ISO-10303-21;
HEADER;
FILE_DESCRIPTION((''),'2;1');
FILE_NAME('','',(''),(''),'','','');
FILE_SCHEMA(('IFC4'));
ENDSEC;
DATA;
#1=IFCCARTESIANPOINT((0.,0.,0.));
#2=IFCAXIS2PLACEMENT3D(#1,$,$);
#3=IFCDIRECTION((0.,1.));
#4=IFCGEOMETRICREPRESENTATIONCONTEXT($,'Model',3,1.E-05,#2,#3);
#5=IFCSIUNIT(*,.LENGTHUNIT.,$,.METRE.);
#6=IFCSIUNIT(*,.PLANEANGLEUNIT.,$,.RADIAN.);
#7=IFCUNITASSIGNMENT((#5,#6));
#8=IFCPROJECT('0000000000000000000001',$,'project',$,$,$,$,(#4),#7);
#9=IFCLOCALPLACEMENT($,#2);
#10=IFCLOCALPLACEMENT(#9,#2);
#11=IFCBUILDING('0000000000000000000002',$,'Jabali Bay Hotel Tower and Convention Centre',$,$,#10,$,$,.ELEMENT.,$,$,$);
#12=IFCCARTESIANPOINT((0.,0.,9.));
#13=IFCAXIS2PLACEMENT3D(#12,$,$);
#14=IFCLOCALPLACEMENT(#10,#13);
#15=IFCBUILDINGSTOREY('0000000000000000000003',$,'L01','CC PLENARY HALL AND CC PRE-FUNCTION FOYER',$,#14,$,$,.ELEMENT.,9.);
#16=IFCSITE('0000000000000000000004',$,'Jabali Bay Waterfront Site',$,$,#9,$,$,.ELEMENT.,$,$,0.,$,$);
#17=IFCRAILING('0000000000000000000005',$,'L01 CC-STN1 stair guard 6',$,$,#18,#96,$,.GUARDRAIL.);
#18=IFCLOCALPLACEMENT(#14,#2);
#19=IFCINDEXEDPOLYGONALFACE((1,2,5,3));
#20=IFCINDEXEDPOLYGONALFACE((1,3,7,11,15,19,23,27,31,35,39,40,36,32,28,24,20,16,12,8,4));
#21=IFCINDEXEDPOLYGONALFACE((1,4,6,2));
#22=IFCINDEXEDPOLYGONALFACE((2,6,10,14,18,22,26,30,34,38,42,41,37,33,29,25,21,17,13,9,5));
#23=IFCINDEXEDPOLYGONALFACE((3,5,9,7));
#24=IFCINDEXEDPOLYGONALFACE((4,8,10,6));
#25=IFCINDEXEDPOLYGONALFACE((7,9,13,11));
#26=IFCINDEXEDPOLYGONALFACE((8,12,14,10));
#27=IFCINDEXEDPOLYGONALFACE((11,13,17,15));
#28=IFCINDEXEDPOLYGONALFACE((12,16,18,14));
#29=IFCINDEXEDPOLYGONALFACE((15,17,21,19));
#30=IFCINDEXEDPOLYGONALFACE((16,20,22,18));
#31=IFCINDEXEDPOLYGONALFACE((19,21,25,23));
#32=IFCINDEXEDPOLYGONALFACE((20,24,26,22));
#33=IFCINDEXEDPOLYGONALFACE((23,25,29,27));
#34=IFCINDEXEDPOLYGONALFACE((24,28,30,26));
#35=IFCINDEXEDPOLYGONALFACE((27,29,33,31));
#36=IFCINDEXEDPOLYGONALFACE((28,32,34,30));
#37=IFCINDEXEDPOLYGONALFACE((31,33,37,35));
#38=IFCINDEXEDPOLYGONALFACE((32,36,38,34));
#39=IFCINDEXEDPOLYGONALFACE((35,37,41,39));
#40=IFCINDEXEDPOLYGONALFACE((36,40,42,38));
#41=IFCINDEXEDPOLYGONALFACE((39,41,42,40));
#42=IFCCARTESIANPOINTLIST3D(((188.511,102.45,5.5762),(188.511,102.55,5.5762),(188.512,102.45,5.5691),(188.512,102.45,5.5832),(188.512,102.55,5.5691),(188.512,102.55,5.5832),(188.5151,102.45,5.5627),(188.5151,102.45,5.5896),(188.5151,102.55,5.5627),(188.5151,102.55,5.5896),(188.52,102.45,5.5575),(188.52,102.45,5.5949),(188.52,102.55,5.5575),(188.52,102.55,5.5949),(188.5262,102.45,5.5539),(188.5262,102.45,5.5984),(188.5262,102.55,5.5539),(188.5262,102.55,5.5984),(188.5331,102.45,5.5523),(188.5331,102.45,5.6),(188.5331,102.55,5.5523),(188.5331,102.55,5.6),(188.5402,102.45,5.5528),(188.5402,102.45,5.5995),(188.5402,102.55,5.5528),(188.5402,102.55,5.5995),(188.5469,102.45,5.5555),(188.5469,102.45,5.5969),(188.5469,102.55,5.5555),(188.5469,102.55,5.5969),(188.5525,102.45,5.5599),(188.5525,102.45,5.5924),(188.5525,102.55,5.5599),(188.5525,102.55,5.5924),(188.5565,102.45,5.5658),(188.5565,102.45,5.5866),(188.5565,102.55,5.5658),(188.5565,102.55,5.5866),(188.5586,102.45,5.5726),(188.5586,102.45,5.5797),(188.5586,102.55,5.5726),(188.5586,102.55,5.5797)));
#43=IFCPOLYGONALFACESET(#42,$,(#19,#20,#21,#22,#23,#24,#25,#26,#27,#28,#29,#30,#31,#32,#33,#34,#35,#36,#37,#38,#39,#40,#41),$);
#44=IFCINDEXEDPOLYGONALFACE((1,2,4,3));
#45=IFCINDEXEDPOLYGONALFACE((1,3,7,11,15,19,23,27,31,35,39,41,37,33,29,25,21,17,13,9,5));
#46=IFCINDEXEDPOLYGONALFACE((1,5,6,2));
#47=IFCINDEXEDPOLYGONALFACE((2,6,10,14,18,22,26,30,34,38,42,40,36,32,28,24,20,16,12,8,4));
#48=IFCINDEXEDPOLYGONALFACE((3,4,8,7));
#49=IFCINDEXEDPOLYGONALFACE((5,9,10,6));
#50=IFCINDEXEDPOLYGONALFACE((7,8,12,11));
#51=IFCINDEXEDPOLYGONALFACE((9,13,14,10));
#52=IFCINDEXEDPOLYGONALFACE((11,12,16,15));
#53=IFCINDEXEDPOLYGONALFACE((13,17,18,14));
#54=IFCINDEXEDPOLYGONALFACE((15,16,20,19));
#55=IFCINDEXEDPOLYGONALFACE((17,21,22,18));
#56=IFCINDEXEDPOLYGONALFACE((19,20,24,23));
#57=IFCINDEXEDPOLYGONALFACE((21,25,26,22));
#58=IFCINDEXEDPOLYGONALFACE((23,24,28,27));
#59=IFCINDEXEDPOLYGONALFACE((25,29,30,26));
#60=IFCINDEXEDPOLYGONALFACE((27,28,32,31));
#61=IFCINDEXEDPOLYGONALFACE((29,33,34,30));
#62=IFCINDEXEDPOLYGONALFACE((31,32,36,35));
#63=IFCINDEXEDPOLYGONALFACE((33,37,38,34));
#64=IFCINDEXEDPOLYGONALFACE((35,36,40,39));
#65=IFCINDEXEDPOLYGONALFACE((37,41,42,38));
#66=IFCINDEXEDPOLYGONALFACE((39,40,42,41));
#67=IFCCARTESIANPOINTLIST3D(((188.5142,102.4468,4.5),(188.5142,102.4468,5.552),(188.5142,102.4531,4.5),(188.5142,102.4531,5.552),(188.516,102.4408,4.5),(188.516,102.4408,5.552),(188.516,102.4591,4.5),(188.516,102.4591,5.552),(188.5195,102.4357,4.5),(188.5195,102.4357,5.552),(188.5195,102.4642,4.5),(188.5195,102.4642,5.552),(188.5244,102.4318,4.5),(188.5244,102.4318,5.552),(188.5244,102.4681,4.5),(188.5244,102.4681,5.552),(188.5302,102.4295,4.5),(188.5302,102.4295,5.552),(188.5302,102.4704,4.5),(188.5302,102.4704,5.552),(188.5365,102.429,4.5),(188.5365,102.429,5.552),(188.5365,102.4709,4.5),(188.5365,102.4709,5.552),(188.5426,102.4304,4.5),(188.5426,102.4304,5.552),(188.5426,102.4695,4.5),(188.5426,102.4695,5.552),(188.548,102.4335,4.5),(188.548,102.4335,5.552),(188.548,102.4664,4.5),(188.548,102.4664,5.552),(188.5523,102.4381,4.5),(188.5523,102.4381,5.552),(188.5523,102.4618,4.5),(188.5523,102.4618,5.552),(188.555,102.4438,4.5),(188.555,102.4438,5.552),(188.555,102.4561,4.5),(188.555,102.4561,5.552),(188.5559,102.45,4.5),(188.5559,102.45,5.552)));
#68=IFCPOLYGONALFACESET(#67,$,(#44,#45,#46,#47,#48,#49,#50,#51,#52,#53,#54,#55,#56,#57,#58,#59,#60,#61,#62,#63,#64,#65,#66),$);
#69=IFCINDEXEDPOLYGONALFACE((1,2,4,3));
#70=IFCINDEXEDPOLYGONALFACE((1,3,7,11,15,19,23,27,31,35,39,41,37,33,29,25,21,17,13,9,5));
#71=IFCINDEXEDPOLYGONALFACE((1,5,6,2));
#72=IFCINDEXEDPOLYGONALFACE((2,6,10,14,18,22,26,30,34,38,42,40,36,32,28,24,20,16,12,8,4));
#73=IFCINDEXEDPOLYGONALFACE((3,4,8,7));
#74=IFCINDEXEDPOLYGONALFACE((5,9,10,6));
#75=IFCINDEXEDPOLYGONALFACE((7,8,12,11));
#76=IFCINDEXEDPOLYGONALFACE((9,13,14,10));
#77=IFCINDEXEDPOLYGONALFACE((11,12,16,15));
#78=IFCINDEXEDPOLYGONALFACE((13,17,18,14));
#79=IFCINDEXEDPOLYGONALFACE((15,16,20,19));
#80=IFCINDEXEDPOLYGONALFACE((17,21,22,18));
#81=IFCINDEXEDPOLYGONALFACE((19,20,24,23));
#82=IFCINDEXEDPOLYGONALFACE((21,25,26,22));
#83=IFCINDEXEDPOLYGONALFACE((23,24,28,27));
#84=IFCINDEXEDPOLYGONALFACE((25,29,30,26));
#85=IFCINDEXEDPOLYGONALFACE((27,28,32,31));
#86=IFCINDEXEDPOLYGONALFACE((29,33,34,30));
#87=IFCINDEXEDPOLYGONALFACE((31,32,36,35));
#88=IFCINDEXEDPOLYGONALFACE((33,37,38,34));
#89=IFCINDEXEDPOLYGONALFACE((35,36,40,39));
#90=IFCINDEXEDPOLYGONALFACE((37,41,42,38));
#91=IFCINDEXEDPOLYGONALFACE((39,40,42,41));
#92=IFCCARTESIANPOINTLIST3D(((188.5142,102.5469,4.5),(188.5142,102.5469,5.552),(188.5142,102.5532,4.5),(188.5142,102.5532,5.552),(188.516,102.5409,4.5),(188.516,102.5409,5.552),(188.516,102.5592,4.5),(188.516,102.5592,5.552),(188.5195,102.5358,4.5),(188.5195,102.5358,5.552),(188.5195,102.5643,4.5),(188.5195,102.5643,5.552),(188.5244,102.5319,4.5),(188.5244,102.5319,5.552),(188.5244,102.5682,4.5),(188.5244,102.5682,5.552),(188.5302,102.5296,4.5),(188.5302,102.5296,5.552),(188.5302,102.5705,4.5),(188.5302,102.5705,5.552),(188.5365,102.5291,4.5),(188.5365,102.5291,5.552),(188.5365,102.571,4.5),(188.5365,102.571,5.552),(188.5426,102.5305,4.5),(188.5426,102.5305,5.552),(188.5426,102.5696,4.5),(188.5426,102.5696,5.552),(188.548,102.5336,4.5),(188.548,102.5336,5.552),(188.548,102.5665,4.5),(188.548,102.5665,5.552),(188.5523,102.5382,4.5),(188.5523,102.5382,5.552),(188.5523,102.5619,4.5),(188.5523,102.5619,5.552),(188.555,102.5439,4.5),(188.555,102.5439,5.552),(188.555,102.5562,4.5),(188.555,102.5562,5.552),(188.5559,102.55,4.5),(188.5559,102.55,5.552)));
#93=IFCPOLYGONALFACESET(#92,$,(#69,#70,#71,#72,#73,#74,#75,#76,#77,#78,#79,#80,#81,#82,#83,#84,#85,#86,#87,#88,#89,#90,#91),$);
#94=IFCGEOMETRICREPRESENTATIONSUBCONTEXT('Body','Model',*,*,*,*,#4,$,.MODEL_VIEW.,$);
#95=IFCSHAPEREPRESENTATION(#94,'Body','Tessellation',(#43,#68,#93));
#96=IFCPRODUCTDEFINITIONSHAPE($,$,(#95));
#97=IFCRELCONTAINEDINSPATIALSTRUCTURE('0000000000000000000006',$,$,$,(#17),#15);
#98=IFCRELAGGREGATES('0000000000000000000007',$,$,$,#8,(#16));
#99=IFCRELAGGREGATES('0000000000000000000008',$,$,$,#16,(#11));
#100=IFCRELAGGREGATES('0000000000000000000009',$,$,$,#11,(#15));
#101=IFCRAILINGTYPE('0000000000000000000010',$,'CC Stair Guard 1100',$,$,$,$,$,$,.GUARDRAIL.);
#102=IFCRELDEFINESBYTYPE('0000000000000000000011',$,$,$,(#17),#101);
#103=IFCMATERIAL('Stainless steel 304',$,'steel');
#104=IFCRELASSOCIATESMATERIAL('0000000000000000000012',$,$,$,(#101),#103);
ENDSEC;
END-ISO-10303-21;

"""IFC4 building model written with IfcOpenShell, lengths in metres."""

from ifc_helpers import new_model, si_unit, direction, frame, origin, origin_2d, place, context, subcontext, project, spatial, circle, extrude, material, type_object, element, save


model = new_model("IFC4")

# Units and contexts
model_context = context("Model", 3, precision=1e-05, world=origin(), true_north=direction((0.0, 1.0)))
body_context = subcontext(model_context, "Body", "Model", "MODEL_VIEW")
ifc_project = project(units=[si_unit("LENGTHUNIT", "METRE"), si_unit("PLANEANGLEUNIT", "RADIAN")], contexts=[model_context])

# Site, building, storey
site_placement = place(None, origin())
site = spatial("IfcSite", under=ifc_project, at=site_placement, Name="Jabali Bay Waterfront Site", CompositionType="ELEMENT", RefElevation=0.0)
building_placement = place(site_placement, origin())
building = spatial("IfcBuilding", under=site, at=building_placement, Name="Jabali Bay Hotel Tower and Convention Centre", CompositionType="ELEMENT")
storey_placement = place(building_placement, frame((0.0, 0.0, 9.0)))
storey = spatial("IfcBuildingStorey", under=building, at=storey_placement, Name="L01", Description="CC PLENARY HALL AND CC PRE-FUNCTION FOYER", CompositionType="ELEMENT", Elevation=9.0)

# Railing
ifc_material_1 = material(Name="Stainless steel 304", Category="steel")
railing_type_1 = type_object("IfcRailingType", Name="CC Stair Guard 1100", PredefinedType="GUARDRAIL", material=ifc_material_1)
railing_1_placement = place(storey_placement, frame((188.5349, 102.45, 4.5)))
element("IfcRailing", 1, at=railing_1_placement, inside=storey, type_object=railing_type_1, Name="L01 CC-STN1 stair guard 6", PredefinedType="GUARDRAIL", context=body_context, shape_type="SweptSolid", body=[
    extrude(circle(Radius=0.0239, at=origin_2d()), frame((0.0, 0.0, 1.0762), z_axis=(0.0, 1.0, 0.0), x_axis=(-1.0, 0.0, 0.0)), (0.0, 0.0, 1.0), 0.1001),
    extrude(circle(Radius=0.021, at=origin_2d()), origin(), (0.0, 0.0, 1.0), 1.052),
    extrude(circle(Radius=0.021, at=origin_2d()), frame((0.0, 0.1001, 0.0)), (0.0, 0.0, 1.0), 1.052),
])

save(model, "model.ifc")
